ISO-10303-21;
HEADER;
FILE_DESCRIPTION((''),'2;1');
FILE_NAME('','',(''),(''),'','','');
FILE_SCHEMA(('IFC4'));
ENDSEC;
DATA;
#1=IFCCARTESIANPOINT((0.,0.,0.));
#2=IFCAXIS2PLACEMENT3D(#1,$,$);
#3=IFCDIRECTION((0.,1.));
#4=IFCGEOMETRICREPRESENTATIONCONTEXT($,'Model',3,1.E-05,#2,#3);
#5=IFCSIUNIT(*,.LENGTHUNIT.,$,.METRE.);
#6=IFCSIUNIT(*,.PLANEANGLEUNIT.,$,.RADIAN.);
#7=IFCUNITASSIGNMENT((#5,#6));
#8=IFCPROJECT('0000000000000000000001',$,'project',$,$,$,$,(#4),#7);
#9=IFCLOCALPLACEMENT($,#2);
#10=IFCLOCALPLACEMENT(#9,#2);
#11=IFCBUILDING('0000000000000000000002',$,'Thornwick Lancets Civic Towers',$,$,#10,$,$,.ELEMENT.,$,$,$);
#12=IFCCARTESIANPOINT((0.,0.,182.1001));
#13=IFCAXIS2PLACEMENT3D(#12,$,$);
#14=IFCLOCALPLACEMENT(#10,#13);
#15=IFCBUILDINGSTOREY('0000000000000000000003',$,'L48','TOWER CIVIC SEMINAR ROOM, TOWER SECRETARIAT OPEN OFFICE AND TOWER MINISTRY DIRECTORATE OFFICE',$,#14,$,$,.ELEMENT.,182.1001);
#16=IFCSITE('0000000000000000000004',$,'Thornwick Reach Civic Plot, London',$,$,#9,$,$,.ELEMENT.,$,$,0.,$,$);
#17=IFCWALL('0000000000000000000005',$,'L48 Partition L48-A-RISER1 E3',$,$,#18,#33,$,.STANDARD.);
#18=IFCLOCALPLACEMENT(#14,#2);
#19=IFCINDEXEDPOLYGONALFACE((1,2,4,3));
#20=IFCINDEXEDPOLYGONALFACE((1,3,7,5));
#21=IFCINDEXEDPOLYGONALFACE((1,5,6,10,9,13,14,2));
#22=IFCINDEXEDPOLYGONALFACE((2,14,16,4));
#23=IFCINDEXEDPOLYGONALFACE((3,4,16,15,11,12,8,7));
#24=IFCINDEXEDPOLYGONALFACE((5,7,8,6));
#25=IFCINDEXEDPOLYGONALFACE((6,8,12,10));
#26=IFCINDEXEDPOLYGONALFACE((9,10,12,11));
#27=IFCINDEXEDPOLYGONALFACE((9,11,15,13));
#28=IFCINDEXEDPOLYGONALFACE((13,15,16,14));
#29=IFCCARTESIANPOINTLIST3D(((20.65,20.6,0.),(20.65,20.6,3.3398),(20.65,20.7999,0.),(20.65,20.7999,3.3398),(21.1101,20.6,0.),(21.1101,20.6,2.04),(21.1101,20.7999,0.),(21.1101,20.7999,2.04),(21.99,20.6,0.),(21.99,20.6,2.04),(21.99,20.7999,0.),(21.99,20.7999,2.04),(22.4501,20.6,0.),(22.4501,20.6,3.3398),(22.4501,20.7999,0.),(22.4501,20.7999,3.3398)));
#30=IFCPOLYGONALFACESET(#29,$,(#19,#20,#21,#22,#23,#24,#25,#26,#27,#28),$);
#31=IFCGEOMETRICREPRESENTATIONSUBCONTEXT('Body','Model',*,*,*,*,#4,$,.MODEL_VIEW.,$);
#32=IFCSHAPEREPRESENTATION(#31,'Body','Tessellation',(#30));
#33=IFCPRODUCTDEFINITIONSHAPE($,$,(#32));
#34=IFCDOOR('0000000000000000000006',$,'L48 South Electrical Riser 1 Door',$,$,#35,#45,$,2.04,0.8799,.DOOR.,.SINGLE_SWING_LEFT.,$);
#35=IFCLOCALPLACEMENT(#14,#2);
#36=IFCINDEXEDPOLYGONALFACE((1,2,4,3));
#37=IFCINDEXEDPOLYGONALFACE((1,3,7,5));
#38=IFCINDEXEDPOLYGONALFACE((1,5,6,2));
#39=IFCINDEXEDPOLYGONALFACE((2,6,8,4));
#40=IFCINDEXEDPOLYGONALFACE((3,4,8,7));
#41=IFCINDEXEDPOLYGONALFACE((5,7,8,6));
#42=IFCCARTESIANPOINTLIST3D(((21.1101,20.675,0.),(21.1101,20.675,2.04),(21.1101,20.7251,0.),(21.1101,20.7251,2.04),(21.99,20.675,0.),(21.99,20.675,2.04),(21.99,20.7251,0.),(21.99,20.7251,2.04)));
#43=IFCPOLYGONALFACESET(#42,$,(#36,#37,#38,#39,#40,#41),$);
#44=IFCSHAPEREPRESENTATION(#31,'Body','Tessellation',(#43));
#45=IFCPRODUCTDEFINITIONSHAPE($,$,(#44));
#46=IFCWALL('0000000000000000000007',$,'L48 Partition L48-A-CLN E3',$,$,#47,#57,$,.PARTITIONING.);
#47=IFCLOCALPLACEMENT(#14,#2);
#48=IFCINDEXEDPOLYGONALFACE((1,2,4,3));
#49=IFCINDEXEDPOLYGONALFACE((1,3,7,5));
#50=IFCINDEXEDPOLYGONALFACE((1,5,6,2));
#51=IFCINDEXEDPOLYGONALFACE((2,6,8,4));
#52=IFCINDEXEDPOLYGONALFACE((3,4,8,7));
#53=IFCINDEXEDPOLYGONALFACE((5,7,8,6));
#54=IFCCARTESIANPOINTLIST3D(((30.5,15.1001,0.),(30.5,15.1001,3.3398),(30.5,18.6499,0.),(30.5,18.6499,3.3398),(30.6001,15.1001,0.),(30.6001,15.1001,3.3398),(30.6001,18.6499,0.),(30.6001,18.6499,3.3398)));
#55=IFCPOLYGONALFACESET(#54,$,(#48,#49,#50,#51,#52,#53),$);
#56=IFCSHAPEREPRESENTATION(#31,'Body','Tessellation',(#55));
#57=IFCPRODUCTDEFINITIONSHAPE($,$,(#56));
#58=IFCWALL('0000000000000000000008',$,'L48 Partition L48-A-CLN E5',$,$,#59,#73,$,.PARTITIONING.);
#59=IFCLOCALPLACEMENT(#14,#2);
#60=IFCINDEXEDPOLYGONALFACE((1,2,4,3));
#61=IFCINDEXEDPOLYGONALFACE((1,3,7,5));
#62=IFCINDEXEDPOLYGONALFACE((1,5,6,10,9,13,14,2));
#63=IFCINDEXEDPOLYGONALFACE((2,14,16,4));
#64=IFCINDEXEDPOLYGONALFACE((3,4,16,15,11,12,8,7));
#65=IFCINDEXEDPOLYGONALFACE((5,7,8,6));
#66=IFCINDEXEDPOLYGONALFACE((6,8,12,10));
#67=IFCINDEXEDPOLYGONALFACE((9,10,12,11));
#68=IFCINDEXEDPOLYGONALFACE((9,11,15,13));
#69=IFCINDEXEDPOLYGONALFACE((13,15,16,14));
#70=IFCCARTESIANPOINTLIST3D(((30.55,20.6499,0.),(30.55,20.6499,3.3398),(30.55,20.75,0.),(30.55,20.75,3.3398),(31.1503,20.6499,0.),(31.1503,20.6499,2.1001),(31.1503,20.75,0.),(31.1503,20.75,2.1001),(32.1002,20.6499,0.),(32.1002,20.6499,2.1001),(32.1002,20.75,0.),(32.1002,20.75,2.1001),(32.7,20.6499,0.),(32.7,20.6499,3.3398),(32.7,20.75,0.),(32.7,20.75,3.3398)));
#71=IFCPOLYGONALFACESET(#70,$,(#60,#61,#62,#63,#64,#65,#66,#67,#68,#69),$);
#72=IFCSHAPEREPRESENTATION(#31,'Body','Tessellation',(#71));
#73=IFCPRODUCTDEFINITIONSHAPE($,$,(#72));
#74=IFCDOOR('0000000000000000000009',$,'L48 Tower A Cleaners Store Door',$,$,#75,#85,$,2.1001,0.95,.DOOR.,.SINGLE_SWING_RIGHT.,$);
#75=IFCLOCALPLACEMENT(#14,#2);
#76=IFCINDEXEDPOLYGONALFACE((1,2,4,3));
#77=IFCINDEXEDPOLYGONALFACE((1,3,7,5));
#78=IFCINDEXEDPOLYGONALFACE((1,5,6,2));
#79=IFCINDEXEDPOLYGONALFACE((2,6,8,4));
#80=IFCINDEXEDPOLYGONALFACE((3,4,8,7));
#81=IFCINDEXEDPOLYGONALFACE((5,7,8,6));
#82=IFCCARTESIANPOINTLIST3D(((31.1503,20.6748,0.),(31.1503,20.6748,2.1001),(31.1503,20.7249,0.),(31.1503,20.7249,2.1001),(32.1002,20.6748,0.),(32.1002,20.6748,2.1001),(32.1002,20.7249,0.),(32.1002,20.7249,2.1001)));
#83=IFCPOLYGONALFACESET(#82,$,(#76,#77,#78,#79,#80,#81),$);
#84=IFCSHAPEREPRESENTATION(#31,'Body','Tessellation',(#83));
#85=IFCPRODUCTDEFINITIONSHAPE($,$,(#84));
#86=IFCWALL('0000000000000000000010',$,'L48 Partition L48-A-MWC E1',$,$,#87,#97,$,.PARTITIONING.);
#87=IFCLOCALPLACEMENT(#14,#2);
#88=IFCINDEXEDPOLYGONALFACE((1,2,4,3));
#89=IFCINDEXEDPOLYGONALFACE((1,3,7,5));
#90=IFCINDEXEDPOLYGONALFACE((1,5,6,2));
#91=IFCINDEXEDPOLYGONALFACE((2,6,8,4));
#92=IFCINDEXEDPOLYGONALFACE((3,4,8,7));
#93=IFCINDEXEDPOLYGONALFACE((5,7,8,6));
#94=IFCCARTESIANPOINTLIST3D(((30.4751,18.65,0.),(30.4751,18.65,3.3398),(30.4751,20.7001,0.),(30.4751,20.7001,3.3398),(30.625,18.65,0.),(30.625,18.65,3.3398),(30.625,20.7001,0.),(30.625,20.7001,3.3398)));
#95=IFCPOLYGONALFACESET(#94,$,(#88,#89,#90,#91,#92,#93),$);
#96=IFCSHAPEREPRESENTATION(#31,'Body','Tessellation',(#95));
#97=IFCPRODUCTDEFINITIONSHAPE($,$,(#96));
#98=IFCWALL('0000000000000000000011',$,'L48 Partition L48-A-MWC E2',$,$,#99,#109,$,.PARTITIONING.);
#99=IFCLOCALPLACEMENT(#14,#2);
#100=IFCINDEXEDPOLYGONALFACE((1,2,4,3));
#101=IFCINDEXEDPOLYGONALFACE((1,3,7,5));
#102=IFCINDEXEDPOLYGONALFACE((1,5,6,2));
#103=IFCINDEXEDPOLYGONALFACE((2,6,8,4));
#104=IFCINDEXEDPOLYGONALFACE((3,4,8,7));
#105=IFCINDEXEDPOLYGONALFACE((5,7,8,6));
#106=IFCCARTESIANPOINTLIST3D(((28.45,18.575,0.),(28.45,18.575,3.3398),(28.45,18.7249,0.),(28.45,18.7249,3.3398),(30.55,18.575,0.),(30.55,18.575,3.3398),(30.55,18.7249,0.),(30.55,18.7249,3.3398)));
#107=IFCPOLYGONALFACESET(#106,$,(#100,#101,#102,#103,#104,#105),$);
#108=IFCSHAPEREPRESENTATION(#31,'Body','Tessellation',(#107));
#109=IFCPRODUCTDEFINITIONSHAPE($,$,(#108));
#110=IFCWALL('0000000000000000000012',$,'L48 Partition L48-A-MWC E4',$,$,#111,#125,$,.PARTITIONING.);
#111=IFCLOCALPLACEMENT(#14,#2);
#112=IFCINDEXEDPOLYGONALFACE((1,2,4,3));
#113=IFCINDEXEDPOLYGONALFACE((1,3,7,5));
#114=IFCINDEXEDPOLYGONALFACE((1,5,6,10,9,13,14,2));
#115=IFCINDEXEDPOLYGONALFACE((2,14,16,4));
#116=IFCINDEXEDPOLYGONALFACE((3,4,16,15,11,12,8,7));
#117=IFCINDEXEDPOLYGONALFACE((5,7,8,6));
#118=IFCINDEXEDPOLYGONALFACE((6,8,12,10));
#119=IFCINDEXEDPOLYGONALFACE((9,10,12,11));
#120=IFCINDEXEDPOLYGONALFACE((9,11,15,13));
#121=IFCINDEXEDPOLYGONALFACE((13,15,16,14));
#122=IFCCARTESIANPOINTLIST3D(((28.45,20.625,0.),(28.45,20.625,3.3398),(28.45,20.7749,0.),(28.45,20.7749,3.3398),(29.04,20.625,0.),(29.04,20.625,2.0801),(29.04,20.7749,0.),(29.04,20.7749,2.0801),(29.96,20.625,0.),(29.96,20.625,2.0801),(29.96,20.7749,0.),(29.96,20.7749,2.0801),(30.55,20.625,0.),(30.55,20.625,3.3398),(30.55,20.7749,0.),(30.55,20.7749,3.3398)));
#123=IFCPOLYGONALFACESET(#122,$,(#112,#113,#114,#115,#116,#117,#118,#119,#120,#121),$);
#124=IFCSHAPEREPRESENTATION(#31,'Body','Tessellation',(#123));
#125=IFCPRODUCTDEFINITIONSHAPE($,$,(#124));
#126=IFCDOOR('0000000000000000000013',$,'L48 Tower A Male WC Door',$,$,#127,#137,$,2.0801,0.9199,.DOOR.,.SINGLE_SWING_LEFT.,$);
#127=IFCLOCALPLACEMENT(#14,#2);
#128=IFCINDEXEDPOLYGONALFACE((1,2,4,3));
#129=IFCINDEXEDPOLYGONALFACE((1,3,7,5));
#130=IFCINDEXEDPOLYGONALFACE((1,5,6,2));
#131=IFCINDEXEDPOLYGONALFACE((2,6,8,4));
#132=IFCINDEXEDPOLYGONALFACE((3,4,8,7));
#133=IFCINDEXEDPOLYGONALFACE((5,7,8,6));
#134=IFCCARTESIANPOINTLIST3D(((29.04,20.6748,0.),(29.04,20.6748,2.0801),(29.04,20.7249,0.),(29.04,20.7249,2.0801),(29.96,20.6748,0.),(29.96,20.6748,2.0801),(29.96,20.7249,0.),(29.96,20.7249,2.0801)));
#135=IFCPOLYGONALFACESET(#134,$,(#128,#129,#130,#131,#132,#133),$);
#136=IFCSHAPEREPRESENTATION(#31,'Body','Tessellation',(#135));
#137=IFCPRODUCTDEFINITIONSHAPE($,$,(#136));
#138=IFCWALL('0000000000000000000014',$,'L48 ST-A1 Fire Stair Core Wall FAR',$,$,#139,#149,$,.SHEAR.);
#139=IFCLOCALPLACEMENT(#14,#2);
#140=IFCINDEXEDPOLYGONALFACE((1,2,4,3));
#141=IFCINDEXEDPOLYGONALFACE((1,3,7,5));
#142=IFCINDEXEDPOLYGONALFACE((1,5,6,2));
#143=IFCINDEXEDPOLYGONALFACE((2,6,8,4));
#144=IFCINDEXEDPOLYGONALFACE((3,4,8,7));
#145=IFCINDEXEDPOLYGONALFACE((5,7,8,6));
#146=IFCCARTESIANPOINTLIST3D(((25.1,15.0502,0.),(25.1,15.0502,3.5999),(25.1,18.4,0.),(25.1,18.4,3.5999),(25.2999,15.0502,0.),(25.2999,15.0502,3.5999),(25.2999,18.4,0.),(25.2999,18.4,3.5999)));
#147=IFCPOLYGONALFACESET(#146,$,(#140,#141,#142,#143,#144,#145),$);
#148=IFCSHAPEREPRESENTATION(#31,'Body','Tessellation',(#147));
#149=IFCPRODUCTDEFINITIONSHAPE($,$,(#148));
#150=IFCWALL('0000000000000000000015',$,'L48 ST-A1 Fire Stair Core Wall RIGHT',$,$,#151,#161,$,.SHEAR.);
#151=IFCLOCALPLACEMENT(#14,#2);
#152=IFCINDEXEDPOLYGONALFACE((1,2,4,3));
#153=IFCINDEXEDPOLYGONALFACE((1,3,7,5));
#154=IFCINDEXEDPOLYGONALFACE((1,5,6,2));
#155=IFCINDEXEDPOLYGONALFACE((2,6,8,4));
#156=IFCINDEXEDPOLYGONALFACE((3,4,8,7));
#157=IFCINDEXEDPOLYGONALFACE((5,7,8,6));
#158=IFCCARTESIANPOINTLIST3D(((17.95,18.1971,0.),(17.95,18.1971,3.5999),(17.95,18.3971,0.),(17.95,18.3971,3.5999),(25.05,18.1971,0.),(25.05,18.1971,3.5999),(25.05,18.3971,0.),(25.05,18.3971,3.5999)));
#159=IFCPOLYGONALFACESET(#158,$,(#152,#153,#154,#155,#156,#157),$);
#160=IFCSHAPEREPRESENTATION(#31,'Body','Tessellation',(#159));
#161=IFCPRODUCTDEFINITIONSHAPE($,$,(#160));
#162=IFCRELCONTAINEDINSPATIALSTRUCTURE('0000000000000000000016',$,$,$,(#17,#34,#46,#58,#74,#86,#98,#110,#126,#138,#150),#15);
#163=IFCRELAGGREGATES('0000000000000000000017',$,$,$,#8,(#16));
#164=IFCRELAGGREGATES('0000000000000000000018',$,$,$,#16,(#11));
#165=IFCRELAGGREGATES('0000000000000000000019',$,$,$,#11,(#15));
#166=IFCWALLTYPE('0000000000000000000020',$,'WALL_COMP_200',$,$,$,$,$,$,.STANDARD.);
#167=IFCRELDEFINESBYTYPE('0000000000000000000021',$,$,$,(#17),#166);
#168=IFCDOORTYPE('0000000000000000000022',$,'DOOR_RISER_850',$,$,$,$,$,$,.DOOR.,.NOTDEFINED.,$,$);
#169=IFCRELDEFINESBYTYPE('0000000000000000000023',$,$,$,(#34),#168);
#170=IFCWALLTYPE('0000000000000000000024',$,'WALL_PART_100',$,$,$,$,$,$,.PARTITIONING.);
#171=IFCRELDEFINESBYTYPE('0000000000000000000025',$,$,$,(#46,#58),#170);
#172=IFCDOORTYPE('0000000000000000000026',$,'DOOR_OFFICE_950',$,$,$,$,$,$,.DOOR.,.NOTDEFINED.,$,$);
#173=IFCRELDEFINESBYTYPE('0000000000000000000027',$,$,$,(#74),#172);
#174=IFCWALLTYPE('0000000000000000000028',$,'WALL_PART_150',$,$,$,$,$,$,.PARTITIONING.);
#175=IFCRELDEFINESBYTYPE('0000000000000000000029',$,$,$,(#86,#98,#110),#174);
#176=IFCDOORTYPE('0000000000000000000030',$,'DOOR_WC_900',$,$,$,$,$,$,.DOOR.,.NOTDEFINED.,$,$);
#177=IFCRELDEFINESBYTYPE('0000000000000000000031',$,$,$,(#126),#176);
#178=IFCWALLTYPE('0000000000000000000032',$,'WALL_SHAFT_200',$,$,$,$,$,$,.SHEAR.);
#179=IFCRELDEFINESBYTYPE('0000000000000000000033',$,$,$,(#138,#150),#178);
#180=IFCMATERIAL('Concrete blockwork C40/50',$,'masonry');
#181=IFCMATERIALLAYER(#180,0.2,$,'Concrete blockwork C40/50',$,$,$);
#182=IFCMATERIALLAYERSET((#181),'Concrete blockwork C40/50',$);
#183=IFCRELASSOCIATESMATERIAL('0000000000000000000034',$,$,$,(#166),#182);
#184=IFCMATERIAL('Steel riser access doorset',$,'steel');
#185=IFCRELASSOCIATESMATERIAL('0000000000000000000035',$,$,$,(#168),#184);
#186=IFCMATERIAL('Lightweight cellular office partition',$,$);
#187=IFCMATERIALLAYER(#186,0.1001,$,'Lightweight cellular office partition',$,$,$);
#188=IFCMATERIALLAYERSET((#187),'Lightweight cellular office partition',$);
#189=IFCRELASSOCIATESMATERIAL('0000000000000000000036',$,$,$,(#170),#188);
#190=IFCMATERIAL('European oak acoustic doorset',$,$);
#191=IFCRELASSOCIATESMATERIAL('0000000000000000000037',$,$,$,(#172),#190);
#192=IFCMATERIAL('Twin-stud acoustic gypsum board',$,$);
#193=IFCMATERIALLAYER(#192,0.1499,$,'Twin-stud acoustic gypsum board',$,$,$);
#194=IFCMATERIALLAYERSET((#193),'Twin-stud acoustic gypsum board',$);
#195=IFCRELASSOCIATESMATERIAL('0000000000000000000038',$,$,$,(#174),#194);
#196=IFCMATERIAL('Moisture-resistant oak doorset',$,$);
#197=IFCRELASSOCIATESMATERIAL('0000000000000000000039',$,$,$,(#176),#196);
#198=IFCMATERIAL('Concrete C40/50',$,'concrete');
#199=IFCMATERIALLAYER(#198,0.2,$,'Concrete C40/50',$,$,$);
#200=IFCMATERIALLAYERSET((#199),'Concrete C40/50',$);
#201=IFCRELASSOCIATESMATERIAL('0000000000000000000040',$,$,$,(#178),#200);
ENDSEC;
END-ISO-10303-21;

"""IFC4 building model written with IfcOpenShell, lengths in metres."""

from ifc_helpers import new_model, si_unit, direction, frame, frame_2d, origin, place, context, subcontext, project, spatial, rectangle, extrude, material, layer, layer_set, type_object, element, fill, save


model = new_model("IFC4")

# Units and contexts
model_context = context("Model", 3, precision=1e-05, world=origin(), true_north=direction((0.0, 1.0)))
body_context = subcontext(model_context, "Body", "Model", "MODEL_VIEW")
ifc_project = project(units=[si_unit("LENGTHUNIT", "METRE"), si_unit("PLANEANGLEUNIT", "RADIAN")], contexts=[model_context])

# Site, building, storey
site_placement = place(None, origin())
site = spatial("IfcSite", under=ifc_project, at=site_placement, Name="Thornwick Reach Civic Plot, London", CompositionType="ELEMENT", RefElevation=0.0)
building_placement = place(site_placement, origin())
building = spatial("IfcBuilding", under=site, at=building_placement, Name="Thornwick Lancets Civic Towers", CompositionType="ELEMENT")
storey_placement = place(building_placement, frame((0.0, 0.0, 182.1001)))
storey = spatial("IfcBuildingStorey", under=building, at=storey_placement, Name="L48", Description="TOWER CIVIC SEMINAR ROOM, TOWER SECRETARIAT OPEN OFFICE AND TOWER MINISTRY DIRECTORATE OFFICE", CompositionType="ELEMENT", Elevation=182.1001)

# Shared definitions
ifc_material_1 = material(Name="Concrete C40/50", Category="concrete")

# Shared definitions
ifc_material_2 = material(Name="Concrete blockwork C40/50", Category="masonry")
ifc_layer_1 = layer(ifc_material_2, 0.2, Name="Concrete blockwork C40/50")
ifc_layer_set_1 = layer_set([ifc_layer_1], Name="Concrete blockwork C40/50")
wall_type_1 = type_object("IfcWallType", Name="WALL_COMP_200", PredefinedType="STANDARD", material=ifc_layer_set_1)

# Shared definitions
ifc_material_3 = material(Name="Steel riser access doorset", Category="steel")
door_type_1 = type_object("IfcDoorType", Name="DOOR_RISER_850", OperationType="NOTDEFINED", PredefinedType="DOOR", material=ifc_material_3)

# Wall, opening, door
wall_1_placement = place(storey_placement, frame((22.45, 20.7, 0.0), z_axis=(0.0, 0.0, 1.0), x_axis=(-1.0, 0.0, 0.0)))
wall_1 = element("IfcWall", 1, at=wall_1_placement, inside=storey, type_object=wall_type_1, Name="L48 Partition L48-A-RISER1 E3", PredefinedType="STANDARD", context=body_context, shape_type="SweptSolid", body=[
    extrude(rectangle(XDim=1.8, YDim=0.2, at=frame_2d((0.8999, 0.0))), origin(), (0.0, 0.0, 1.0), 3.3398),
])
opening_1_placement = place(wall_1_placement, frame((0.46, 0.0, 0.0)))
opening_1 = element("IfcOpeningElement", 2, at=opening_1_placement, cuts=wall_1, PredefinedType="OPENING", context=body_context, shape_type="SweptSolid", body=[
    extrude(rectangle(XDim=0.8799, YDim=2.04, at=frame_2d((0.4399, 1.02))), frame((0.0, 0.1099, 0.0), z_axis=(0.0, -1.0, 0.0), x_axis=(1.0, 0.0, 0.0)), (0.0, 0.0, 1.0), 0.22),
])
door_1_placement = place(opening_1_placement, origin())
door_1 = element("IfcDoor", 3, at=door_1_placement, inside=storey, type_object=door_type_1, Name="L48 South Electrical Riser 1 Door", OperationType="SINGLE_SWING_LEFT", OverallHeight=2.04, OverallWidth=0.8799, PredefinedType="DOOR", context=body_context, shape_type="SweptSolid", body=[
    extrude(rectangle(XDim=0.8799, YDim=2.04, at=frame_2d((0.4399, 1.02))), frame((0.0, 0.0249, 0.0), z_axis=(0.0, -1.0, 0.0), x_axis=(1.0, 0.0, 0.0)), (0.0, 0.0, 1.0), 0.05),
])
fill(opening_1, door_1)

# Wall
ifc_material_4 = material(Name="Lightweight cellular office partition")
ifc_layer_2 = layer(ifc_material_4, 0.1001, Name="Lightweight cellular office partition")
ifc_layer_set_2 = layer_set([ifc_layer_2], Name="Lightweight cellular office partition")
wall_type_2 = type_object("IfcWallType", Name="WALL_PART_100", PredefinedType="PARTITIONING", material=ifc_layer_set_2)
wall_2_placement = place(storey_placement, frame((30.55, 15.1001, 0.0), z_axis=(0.0, 0.0, 1.0), x_axis=(0.0, 1.0, 0.0)))
element("IfcWall", 4, at=wall_2_placement, inside=storey, type_object=wall_type_2, Name="L48 Partition L48-A-CLN E3", PredefinedType="PARTITIONING", context=body_context, shape_type="SweptSolid", body=[
    extrude(rectangle(XDim=3.5498, YDim=0.1001, at=frame_2d((1.7749, 0.0))), origin(), (0.0, 0.0, 1.0), 3.3398),
])

# Wall, opening, door
wall_3_placement = place(storey_placement, frame((30.55, 20.7, 0.0), z_axis=(0.0, 0.0, 1.0), x_axis=(1.0, 0.0, 0.0)))
wall_3 = element("IfcWall", 5, at=wall_3_placement, inside=storey, type_object=wall_type_2, Name="L48 Partition L48-A-CLN E5", PredefinedType="PARTITIONING", context=body_context, shape_type="SweptSolid", body=[
    extrude(rectangle(XDim=2.1499, YDim=0.1001, at=frame_2d((1.075, 0.0))), origin(), (0.0, 0.0, 1.0), 3.3398),
])
opening_2_placement = place(wall_3_placement, frame((0.6001, 0.0, 0.0)))
opening_2 = element("IfcOpeningElement", 6, at=opening_2_placement, cuts=wall_3, PredefinedType="OPENING", context=body_context, shape_type="SweptSolid", body=[
    extrude(rectangle(XDim=0.95, YDim=2.1001, at=frame_2d((0.4751, 1.05))), frame((0.0, 0.0601, 0.0), z_axis=(0.0, -1.0, 0.0), x_axis=(1.0, 0.0, 0.0)), (0.0, 0.0, 1.0), 0.1201),
])
ifc_material_5 = material(Name="European oak acoustic doorset")
door_type_2 = type_object("IfcDoorType", Name="DOOR_OFFICE_950", OperationType="NOTDEFINED", PredefinedType="DOOR", material=ifc_material_5)
door_2_placement = place(opening_2_placement, origin())
door_2 = element("IfcDoor", 7, at=door_2_placement, inside=storey, type_object=door_type_2, Name="L48 Tower A Cleaners Store Door", OperationType="SINGLE_SWING_RIGHT", OverallHeight=2.1001, OverallWidth=0.95, PredefinedType="DOOR", context=body_context, shape_type="SweptSolid", body=[
    extrude(rectangle(XDim=0.95, YDim=2.1001, at=frame_2d((0.4751, 1.05))), frame((0.0, 0.0249, 0.0), z_axis=(0.0, -1.0, 0.0), x_axis=(1.0, 0.0, 0.0)), (0.0, 0.0, 1.0), 0.05),
])
fill(opening_2, door_2)

# Walls
ifc_material_6 = material(Name="Twin-stud acoustic gypsum board")
ifc_layer_3 = layer(ifc_material_6, 0.1499, Name="Twin-stud acoustic gypsum board")
ifc_layer_set_3 = layer_set([ifc_layer_3], Name="Twin-stud acoustic gypsum board")
wall_type_3 = type_object("IfcWallType", Name="WALL_PART_150", PredefinedType="PARTITIONING", material=ifc_layer_set_3)
wall_4_placement = place(storey_placement, frame((30.55, 20.7, 0.0), z_axis=(0.0, 0.0, 1.0), x_axis=(0.0, -1.0, 0.0)))
element("IfcWall", 8, at=wall_4_placement, inside=storey, type_object=wall_type_3, Name="L48 Partition L48-A-MWC E1", PredefinedType="PARTITIONING", context=body_context, shape_type="SweptSolid", body=[
    extrude(rectangle(XDim=2.05, YDim=0.1499, at=frame_2d((1.0249, 0.0))), origin(), (0.0, 0.0, 1.0), 3.3398),
])
wall_5_placement = place(storey_placement, frame((30.55, 18.6499, 0.0), z_axis=(0.0, 0.0, 1.0), x_axis=(-1.0, 0.0, 0.0)))
element("IfcWall", 9, at=wall_5_placement, inside=storey, type_object=wall_type_3, Name="L48 Partition L48-A-MWC E2", PredefinedType="PARTITIONING", context=body_context, shape_type="SweptSolid", body=[
    extrude(rectangle(XDim=2.1001, YDim=0.1499, at=frame_2d((1.05, 0.0))), origin(), (0.0, 0.0, 1.0), 3.3398),
])

# Wall, opening, door
wall_6_placement = place(storey_placement, frame((28.45, 20.7, 0.0), z_axis=(0.0, 0.0, 1.0), x_axis=(1.0, 0.0, 0.0)))
wall_6 = element("IfcWall", 10, at=wall_6_placement, inside=storey, type_object=wall_type_3, Name="L48 Partition L48-A-MWC E4", PredefinedType="PARTITIONING", context=body_context, shape_type="SweptSolid", body=[
    extrude(rectangle(XDim=2.1001, YDim=0.1499, at=frame_2d((1.05, 0.0))), origin(), (0.0, 0.0, 1.0), 3.3398),
])
opening_3_placement = place(wall_6_placement, frame((0.5901, 0.0, 0.0)))
opening_3 = element("IfcOpeningElement", 11, at=opening_3_placement, cuts=wall_6, PredefinedType="OPENING", context=body_context, shape_type="SweptSolid", body=[
    extrude(rectangle(XDim=0.9199, YDim=2.0801, at=frame_2d((0.46, 1.04))), frame((0.0, 0.085, 0.0), z_axis=(0.0, -1.0, 0.0), x_axis=(1.0, 0.0, 0.0)), (0.0, 0.0, 1.0), 0.1699),
])
ifc_material_7 = material(Name="Moisture-resistant oak doorset")
door_type_3 = type_object("IfcDoorType", Name="DOOR_WC_900", OperationType="NOTDEFINED", PredefinedType="DOOR", material=ifc_material_7)
door_3_placement = place(opening_3_placement, origin())
door_3 = element("IfcDoor", 12, at=door_3_placement, inside=storey, type_object=door_type_3, Name="L48 Tower A Male WC Door", OperationType="SINGLE_SWING_LEFT", OverallHeight=2.0801, OverallWidth=0.9199, PredefinedType="DOOR", context=body_context, shape_type="SweptSolid", body=[
    extrude(rectangle(XDim=0.9199, YDim=2.0801, at=frame_2d((0.46, 1.04))), frame((0.0, 0.0249, 0.0), z_axis=(0.0, -1.0, 0.0), x_axis=(1.0, 0.0, 0.0)), (0.0, 0.0, 1.0), 0.05),
])
fill(opening_3, door_3)

# Walls
ifc_layer_4 = layer(ifc_material_1, 0.2, Name="Concrete C40/50")
ifc_layer_set_4 = layer_set([ifc_layer_4], Name="Concrete C40/50")
wall_type_4 = type_object("IfcWallType", Name="WALL_SHAFT_200", PredefinedType="SHEAR", material=ifc_layer_set_4)
wall_7_placement = place(storey_placement, frame((25.2, 18.3999, 0.0), z_axis=(0.0, 0.0, 1.0), x_axis=(0.0, -1.0, 0.0)))
element("IfcWall", 13, at=wall_7_placement, inside=storey, type_object=wall_type_4, Name="L48 ST-A1 Fire Stair Core Wall FAR", PredefinedType="SHEAR", context=body_context, shape_type="SweptSolid", body=[
    extrude(rectangle(XDim=3.3499, YDim=0.2, at=frame_2d((1.6748, 0.0))), origin(), (0.0, 0.0, 1.0), 3.5999),
])
wall_8_placement = place(storey_placement, frame((25.05, 18.2971, 0.0), z_axis=(0.0, 0.0, 1.0), x_axis=(-1.0, 0.0, 0.0)))
element("IfcWall", 14, at=wall_8_placement, inside=storey, type_object=wall_type_4, Name="L48 ST-A1 Fire Stair Core Wall RIGHT", PredefinedType="SHEAR", context=body_context, shape_type="SweptSolid", body=[
    extrude(rectangle(XDim=7.1001, YDim=0.2, at=frame_2d((3.55, 0.0))), origin(), (0.0, 0.0, 1.0), 3.5999),
])

save(model, "model.ifc")
